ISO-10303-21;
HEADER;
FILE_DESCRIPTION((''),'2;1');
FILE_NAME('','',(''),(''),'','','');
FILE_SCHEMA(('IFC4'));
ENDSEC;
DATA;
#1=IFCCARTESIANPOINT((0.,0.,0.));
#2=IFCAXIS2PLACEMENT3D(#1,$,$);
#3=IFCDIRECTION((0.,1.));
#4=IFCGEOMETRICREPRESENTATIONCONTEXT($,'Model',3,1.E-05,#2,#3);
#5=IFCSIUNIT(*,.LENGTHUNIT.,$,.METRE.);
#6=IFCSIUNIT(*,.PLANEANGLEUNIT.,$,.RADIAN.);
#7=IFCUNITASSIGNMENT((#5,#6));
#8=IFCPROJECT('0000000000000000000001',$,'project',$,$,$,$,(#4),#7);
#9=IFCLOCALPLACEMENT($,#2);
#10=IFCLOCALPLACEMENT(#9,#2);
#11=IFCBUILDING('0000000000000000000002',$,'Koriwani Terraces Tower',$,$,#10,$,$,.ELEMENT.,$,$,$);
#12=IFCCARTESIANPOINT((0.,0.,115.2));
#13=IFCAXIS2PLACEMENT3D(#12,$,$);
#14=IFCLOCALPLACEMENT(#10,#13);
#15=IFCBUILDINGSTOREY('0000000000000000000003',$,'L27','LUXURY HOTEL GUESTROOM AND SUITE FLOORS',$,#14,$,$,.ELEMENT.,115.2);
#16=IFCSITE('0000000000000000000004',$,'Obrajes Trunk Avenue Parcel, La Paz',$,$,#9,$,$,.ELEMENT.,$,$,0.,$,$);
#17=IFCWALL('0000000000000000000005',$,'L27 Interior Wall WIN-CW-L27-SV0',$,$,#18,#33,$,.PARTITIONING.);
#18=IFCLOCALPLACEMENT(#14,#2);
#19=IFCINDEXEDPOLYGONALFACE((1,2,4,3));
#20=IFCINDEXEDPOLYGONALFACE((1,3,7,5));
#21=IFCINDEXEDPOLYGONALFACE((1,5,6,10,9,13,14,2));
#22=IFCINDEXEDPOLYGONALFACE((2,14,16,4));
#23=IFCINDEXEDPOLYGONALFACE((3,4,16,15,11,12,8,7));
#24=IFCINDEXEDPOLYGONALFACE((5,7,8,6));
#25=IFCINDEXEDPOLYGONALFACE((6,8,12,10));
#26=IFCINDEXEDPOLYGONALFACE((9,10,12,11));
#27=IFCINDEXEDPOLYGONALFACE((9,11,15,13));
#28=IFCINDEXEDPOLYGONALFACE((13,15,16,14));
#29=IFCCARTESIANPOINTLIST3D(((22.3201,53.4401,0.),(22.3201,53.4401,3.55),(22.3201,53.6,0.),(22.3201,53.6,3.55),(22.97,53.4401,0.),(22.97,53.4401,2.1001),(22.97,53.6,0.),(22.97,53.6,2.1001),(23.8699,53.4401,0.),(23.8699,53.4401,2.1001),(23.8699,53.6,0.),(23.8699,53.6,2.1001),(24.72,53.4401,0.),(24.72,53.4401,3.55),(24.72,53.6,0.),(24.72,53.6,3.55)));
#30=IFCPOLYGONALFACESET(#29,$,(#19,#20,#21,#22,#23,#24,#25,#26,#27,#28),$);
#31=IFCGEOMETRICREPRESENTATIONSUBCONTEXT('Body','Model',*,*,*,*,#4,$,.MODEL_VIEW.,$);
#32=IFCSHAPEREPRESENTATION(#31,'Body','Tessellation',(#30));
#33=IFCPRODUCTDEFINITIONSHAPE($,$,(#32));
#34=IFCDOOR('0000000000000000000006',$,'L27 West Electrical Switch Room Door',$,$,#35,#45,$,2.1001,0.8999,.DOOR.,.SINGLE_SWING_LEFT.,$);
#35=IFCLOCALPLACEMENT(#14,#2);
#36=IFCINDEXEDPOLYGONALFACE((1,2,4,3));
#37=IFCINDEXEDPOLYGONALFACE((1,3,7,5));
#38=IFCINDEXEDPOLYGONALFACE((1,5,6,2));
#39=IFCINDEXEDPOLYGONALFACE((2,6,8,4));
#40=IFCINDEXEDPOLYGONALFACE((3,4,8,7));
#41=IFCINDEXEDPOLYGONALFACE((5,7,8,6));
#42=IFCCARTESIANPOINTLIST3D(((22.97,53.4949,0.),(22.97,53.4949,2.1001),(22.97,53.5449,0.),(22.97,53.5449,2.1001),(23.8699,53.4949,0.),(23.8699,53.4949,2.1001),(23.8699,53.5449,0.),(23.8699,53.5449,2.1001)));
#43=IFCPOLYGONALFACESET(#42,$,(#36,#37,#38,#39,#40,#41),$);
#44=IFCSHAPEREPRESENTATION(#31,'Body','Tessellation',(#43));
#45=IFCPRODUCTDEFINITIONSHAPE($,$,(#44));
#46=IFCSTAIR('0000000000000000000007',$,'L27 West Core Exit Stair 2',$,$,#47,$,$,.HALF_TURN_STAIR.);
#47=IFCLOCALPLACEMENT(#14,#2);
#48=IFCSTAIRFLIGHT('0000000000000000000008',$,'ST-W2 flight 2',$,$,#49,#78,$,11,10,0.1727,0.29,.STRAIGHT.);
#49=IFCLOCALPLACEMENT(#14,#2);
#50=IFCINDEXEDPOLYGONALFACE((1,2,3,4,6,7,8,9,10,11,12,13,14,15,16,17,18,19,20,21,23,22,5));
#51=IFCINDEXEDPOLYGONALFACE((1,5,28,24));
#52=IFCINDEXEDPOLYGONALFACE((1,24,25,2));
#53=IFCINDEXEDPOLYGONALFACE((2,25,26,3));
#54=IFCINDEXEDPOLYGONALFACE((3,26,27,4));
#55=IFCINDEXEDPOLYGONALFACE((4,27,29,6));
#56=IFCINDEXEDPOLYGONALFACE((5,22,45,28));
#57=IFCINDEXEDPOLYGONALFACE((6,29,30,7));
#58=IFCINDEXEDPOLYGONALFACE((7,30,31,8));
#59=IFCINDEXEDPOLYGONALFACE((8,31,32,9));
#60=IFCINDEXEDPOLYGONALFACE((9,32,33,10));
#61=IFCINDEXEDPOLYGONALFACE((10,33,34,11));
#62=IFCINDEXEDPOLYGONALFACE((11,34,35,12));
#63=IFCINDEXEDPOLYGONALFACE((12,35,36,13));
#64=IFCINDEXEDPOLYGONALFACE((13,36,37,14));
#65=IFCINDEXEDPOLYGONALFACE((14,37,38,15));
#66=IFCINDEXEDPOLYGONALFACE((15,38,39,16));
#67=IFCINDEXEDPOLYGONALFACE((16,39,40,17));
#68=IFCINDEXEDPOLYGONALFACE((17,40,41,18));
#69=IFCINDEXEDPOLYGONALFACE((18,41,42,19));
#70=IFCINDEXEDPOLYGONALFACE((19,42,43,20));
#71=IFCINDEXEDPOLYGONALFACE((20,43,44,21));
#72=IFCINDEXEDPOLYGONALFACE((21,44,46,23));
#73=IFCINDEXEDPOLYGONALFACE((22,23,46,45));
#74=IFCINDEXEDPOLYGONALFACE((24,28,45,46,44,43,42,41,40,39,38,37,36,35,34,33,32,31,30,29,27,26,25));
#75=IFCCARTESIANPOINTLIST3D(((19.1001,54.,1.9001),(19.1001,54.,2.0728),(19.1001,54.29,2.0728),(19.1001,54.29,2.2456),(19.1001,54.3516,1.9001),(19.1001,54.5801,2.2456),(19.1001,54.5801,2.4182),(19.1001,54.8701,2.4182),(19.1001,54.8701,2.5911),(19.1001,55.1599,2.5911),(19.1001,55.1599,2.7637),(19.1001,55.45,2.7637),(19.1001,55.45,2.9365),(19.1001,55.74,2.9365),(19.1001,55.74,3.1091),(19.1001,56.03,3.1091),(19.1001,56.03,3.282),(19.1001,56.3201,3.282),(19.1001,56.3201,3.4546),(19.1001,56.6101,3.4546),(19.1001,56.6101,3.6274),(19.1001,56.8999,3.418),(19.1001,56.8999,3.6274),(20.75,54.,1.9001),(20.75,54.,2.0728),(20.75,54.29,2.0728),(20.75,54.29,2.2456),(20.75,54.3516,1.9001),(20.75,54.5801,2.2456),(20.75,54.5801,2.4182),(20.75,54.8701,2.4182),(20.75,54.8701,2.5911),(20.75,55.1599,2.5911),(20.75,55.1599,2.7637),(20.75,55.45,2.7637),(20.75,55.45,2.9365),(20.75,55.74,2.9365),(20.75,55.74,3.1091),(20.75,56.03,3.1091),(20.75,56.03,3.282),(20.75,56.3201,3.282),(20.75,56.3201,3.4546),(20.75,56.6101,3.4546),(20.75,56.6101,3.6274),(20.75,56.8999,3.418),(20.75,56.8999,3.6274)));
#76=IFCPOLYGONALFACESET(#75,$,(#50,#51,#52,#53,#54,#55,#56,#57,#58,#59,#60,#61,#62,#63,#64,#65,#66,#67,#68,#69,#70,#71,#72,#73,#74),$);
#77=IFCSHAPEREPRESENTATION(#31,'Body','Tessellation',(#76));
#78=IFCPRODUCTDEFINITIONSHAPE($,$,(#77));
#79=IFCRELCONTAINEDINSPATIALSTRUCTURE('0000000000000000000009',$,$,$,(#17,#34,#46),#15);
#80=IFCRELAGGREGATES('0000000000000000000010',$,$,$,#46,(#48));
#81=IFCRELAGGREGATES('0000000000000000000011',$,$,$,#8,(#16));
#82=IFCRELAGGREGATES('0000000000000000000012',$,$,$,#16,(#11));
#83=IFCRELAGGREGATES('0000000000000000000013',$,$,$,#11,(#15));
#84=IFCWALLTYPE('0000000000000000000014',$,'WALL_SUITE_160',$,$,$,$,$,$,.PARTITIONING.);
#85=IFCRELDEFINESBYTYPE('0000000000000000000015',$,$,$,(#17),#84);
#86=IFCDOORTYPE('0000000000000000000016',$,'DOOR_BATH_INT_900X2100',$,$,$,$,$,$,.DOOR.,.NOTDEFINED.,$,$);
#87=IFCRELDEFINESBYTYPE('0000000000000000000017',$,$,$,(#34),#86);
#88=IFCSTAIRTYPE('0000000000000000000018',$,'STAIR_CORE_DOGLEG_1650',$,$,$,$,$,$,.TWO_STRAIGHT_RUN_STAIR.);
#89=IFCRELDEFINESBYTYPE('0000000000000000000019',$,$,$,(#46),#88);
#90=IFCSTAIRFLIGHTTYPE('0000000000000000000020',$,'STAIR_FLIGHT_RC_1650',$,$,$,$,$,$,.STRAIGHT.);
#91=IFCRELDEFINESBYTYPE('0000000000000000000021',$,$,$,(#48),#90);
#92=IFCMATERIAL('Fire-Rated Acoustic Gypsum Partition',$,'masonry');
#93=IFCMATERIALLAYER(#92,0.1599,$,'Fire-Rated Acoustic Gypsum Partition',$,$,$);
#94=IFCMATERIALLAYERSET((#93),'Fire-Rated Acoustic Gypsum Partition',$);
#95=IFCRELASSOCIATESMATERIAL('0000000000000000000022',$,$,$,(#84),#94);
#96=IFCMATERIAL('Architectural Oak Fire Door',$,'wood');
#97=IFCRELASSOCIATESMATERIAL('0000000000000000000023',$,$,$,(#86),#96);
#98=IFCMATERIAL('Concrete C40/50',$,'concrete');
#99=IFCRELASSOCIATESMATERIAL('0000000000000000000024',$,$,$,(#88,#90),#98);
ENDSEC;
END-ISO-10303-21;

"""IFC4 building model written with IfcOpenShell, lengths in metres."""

from ifc_helpers import new_model, si_unit, direction, frame, frame_2d, origin, place, context, subcontext, project, spatial, polyline, rectangle, outline, extrude, material, layer, layer_set, type_object, element, fill, aggregate, save


model = new_model("IFC4")

# Units and contexts
model_context = context("Model", 3, precision=1e-05, world=origin(), true_north=direction((0.0, 1.0)))
body_context = subcontext(model_context, "Body", "Model", "MODEL_VIEW")
ifc_project = project(units=[si_unit("LENGTHUNIT", "METRE"), si_unit("PLANEANGLEUNIT", "RADIAN")], contexts=[model_context])

# Site, building, storey
site_placement = place(None, origin())
site = spatial("IfcSite", under=ifc_project, at=site_placement, Name="Obrajes Trunk Avenue Parcel, La Paz", CompositionType="ELEMENT", RefElevation=0.0)
building_placement = place(site_placement, origin())
building = spatial("IfcBuilding", under=site, at=building_placement, Name="Koriwani Terraces Tower", CompositionType="ELEMENT")
storey_placement = place(building_placement, frame((0.0, 0.0, 115.2)))
storey = spatial("IfcBuildingStorey", under=building, at=storey_placement, Name="L27", Description="LUXURY HOTEL GUESTROOM AND SUITE FLOORS", CompositionType="ELEMENT", Elevation=115.2)

# Shared definitions
ifc_material_1 = material(Name="Architectural Oak Fire Door", Category="wood")

# Shared definitions
ifc_material_2 = material(Name="Concrete C40/50", Category="concrete")

# Wall, opening, door
ifc_material_3 = material(Name="Fire-Rated Acoustic Gypsum Partition", Category="masonry")
ifc_layer_1 = layer(ifc_material_3, 0.1599, Name="Fire-Rated Acoustic Gypsum Partition")
ifc_layer_set_1 = layer_set([ifc_layer_1], Name="Fire-Rated Acoustic Gypsum Partition")
wall_type_1 = type_object("IfcWallType", Name="WALL_SUITE_160", PredefinedType="PARTITIONING", material=ifc_layer_set_1)
wall_1_placement = place(storey_placement, frame((22.3201, 53.52, 0.0), z_axis=(0.0, 0.0, 1.0), x_axis=(1.0, 0.0, 0.0)))
wall_1 = element("IfcWall", 1, at=wall_1_placement, inside=storey, type_object=wall_type_1, Name="L27 Interior Wall WIN-CW-L27-SV0", PredefinedType="PARTITIONING", context=body_context, shape_type="SweptSolid", body=[
    extrude(rectangle(XDim=2.3999, YDim=0.1599, at=frame_2d((1.2, 0.0))), origin(), (0.0, 0.0, 1.0), 3.55),
])
opening_1_placement = place(wall_1_placement, frame((0.6499, 0.0, 0.0)))
opening_1 = element("IfcOpeningElement", 2, at=opening_1_placement, cuts=wall_1, PredefinedType="OPENING", context=body_context, shape_type="SweptSolid", body=[
    extrude(rectangle(XDim=0.8999, YDim=2.1001, at=frame_2d((0.45, 1.05))), frame((0.0, 0.0898, 0.0), z_axis=(0.0, -1.0, 0.0), x_axis=(1.0, 0.0, 0.0)), (0.0, 0.0, 1.0), 0.1799),
])
door_type_1 = type_object("IfcDoorType", Name="DOOR_BATH_INT_900X2100", OperationType="NOTDEFINED", PredefinedType="DOOR", material=ifc_material_1)
door_1_placement = place(opening_1_placement, origin())
door_1 = element("IfcDoor", 3, at=door_1_placement, inside=storey, type_object=door_type_1, Name="L27 West Electrical Switch Room Door", OperationType="SINGLE_SWING_LEFT", OverallHeight=2.1001, OverallWidth=0.8999, PredefinedType="DOOR", context=body_context, shape_type="SweptSolid", body=[
    extrude(rectangle(XDim=0.8999, YDim=2.1001, at=frame_2d((0.45, 1.05))), frame((0.0, 0.0249, 0.0), z_axis=(0.0, -1.0, 0.0), x_axis=(1.0, 0.0, 0.0)), (0.0, 0.0, 1.0), 0.05),
])
fill(opening_1, door_1)

# Stair, stair flight
stair_type = type_object("IfcStairType", Name="STAIR_CORE_DOGLEG_1650", PredefinedType="TWO_STRAIGHT_RUN_STAIR", material=ifc_material_2)
stair_placement = place(storey_placement, origin())
stair = element("IfcStair", 4, at=stair_placement, inside=storey, type_object=stair_type, Name="L27 West Core Exit Stair 2", PredefinedType="HALF_TURN_STAIR")
stair_flight_type = type_object("IfcStairFlightType", Name="STAIR_FLIGHT_RC_1650", PredefinedType="STRAIGHT", material=ifc_material_2)
stair_flight_placement = place(storey_placement, frame((19.925, 54.0, 1.9001), z_axis=(0.0, 0.0, 1.0), x_axis=(0.0, 1.0, 0.0)))
stair_flight = element("IfcStairFlight", 5, at=stair_flight_placement, type_object=stair_flight_type, Name="ST-W2 flight 2", NumberOfRisers=11, NumberOfTreads=10, PredefinedType="STRAIGHT", RiserHeight=0.1727, TreadLength=0.29, context=body_context, shape_type="SweptSolid", body=[
    extrude(outline(polyline([(0.0, 0.0), (0.0, 0.1726), (0.29, 0.1726), (0.29, 0.3455), (0.5801, 0.3455), (0.5801, 0.5181), (0.8701, 0.5181), (0.8701, 0.6909), (1.1599, 0.6909), (1.1599, 0.8635), (1.45, 0.8635), (1.45, 1.0364), (1.74, 1.0364), (1.74, 1.209), (2.03, 1.209), (2.03, 1.3818), (2.3201, 1.3818), (2.3201, 1.5544), (2.6101, 1.5544), (2.6101, 1.7273), (2.8999, 1.7273), (2.8999, 1.8999), (2.8999, 1.5178), (0.3516, 0.0), (0.0, 0.0)])), frame((0.0, 0.825, 0.0), z_axis=(0.0, -1.0, 0.0), x_axis=(1.0, 0.0, 0.0)), (0.0, 0.0, 1.0), 1.6499),
])
aggregate(stair, [stair_flight])

save(model, "model.ifc")
